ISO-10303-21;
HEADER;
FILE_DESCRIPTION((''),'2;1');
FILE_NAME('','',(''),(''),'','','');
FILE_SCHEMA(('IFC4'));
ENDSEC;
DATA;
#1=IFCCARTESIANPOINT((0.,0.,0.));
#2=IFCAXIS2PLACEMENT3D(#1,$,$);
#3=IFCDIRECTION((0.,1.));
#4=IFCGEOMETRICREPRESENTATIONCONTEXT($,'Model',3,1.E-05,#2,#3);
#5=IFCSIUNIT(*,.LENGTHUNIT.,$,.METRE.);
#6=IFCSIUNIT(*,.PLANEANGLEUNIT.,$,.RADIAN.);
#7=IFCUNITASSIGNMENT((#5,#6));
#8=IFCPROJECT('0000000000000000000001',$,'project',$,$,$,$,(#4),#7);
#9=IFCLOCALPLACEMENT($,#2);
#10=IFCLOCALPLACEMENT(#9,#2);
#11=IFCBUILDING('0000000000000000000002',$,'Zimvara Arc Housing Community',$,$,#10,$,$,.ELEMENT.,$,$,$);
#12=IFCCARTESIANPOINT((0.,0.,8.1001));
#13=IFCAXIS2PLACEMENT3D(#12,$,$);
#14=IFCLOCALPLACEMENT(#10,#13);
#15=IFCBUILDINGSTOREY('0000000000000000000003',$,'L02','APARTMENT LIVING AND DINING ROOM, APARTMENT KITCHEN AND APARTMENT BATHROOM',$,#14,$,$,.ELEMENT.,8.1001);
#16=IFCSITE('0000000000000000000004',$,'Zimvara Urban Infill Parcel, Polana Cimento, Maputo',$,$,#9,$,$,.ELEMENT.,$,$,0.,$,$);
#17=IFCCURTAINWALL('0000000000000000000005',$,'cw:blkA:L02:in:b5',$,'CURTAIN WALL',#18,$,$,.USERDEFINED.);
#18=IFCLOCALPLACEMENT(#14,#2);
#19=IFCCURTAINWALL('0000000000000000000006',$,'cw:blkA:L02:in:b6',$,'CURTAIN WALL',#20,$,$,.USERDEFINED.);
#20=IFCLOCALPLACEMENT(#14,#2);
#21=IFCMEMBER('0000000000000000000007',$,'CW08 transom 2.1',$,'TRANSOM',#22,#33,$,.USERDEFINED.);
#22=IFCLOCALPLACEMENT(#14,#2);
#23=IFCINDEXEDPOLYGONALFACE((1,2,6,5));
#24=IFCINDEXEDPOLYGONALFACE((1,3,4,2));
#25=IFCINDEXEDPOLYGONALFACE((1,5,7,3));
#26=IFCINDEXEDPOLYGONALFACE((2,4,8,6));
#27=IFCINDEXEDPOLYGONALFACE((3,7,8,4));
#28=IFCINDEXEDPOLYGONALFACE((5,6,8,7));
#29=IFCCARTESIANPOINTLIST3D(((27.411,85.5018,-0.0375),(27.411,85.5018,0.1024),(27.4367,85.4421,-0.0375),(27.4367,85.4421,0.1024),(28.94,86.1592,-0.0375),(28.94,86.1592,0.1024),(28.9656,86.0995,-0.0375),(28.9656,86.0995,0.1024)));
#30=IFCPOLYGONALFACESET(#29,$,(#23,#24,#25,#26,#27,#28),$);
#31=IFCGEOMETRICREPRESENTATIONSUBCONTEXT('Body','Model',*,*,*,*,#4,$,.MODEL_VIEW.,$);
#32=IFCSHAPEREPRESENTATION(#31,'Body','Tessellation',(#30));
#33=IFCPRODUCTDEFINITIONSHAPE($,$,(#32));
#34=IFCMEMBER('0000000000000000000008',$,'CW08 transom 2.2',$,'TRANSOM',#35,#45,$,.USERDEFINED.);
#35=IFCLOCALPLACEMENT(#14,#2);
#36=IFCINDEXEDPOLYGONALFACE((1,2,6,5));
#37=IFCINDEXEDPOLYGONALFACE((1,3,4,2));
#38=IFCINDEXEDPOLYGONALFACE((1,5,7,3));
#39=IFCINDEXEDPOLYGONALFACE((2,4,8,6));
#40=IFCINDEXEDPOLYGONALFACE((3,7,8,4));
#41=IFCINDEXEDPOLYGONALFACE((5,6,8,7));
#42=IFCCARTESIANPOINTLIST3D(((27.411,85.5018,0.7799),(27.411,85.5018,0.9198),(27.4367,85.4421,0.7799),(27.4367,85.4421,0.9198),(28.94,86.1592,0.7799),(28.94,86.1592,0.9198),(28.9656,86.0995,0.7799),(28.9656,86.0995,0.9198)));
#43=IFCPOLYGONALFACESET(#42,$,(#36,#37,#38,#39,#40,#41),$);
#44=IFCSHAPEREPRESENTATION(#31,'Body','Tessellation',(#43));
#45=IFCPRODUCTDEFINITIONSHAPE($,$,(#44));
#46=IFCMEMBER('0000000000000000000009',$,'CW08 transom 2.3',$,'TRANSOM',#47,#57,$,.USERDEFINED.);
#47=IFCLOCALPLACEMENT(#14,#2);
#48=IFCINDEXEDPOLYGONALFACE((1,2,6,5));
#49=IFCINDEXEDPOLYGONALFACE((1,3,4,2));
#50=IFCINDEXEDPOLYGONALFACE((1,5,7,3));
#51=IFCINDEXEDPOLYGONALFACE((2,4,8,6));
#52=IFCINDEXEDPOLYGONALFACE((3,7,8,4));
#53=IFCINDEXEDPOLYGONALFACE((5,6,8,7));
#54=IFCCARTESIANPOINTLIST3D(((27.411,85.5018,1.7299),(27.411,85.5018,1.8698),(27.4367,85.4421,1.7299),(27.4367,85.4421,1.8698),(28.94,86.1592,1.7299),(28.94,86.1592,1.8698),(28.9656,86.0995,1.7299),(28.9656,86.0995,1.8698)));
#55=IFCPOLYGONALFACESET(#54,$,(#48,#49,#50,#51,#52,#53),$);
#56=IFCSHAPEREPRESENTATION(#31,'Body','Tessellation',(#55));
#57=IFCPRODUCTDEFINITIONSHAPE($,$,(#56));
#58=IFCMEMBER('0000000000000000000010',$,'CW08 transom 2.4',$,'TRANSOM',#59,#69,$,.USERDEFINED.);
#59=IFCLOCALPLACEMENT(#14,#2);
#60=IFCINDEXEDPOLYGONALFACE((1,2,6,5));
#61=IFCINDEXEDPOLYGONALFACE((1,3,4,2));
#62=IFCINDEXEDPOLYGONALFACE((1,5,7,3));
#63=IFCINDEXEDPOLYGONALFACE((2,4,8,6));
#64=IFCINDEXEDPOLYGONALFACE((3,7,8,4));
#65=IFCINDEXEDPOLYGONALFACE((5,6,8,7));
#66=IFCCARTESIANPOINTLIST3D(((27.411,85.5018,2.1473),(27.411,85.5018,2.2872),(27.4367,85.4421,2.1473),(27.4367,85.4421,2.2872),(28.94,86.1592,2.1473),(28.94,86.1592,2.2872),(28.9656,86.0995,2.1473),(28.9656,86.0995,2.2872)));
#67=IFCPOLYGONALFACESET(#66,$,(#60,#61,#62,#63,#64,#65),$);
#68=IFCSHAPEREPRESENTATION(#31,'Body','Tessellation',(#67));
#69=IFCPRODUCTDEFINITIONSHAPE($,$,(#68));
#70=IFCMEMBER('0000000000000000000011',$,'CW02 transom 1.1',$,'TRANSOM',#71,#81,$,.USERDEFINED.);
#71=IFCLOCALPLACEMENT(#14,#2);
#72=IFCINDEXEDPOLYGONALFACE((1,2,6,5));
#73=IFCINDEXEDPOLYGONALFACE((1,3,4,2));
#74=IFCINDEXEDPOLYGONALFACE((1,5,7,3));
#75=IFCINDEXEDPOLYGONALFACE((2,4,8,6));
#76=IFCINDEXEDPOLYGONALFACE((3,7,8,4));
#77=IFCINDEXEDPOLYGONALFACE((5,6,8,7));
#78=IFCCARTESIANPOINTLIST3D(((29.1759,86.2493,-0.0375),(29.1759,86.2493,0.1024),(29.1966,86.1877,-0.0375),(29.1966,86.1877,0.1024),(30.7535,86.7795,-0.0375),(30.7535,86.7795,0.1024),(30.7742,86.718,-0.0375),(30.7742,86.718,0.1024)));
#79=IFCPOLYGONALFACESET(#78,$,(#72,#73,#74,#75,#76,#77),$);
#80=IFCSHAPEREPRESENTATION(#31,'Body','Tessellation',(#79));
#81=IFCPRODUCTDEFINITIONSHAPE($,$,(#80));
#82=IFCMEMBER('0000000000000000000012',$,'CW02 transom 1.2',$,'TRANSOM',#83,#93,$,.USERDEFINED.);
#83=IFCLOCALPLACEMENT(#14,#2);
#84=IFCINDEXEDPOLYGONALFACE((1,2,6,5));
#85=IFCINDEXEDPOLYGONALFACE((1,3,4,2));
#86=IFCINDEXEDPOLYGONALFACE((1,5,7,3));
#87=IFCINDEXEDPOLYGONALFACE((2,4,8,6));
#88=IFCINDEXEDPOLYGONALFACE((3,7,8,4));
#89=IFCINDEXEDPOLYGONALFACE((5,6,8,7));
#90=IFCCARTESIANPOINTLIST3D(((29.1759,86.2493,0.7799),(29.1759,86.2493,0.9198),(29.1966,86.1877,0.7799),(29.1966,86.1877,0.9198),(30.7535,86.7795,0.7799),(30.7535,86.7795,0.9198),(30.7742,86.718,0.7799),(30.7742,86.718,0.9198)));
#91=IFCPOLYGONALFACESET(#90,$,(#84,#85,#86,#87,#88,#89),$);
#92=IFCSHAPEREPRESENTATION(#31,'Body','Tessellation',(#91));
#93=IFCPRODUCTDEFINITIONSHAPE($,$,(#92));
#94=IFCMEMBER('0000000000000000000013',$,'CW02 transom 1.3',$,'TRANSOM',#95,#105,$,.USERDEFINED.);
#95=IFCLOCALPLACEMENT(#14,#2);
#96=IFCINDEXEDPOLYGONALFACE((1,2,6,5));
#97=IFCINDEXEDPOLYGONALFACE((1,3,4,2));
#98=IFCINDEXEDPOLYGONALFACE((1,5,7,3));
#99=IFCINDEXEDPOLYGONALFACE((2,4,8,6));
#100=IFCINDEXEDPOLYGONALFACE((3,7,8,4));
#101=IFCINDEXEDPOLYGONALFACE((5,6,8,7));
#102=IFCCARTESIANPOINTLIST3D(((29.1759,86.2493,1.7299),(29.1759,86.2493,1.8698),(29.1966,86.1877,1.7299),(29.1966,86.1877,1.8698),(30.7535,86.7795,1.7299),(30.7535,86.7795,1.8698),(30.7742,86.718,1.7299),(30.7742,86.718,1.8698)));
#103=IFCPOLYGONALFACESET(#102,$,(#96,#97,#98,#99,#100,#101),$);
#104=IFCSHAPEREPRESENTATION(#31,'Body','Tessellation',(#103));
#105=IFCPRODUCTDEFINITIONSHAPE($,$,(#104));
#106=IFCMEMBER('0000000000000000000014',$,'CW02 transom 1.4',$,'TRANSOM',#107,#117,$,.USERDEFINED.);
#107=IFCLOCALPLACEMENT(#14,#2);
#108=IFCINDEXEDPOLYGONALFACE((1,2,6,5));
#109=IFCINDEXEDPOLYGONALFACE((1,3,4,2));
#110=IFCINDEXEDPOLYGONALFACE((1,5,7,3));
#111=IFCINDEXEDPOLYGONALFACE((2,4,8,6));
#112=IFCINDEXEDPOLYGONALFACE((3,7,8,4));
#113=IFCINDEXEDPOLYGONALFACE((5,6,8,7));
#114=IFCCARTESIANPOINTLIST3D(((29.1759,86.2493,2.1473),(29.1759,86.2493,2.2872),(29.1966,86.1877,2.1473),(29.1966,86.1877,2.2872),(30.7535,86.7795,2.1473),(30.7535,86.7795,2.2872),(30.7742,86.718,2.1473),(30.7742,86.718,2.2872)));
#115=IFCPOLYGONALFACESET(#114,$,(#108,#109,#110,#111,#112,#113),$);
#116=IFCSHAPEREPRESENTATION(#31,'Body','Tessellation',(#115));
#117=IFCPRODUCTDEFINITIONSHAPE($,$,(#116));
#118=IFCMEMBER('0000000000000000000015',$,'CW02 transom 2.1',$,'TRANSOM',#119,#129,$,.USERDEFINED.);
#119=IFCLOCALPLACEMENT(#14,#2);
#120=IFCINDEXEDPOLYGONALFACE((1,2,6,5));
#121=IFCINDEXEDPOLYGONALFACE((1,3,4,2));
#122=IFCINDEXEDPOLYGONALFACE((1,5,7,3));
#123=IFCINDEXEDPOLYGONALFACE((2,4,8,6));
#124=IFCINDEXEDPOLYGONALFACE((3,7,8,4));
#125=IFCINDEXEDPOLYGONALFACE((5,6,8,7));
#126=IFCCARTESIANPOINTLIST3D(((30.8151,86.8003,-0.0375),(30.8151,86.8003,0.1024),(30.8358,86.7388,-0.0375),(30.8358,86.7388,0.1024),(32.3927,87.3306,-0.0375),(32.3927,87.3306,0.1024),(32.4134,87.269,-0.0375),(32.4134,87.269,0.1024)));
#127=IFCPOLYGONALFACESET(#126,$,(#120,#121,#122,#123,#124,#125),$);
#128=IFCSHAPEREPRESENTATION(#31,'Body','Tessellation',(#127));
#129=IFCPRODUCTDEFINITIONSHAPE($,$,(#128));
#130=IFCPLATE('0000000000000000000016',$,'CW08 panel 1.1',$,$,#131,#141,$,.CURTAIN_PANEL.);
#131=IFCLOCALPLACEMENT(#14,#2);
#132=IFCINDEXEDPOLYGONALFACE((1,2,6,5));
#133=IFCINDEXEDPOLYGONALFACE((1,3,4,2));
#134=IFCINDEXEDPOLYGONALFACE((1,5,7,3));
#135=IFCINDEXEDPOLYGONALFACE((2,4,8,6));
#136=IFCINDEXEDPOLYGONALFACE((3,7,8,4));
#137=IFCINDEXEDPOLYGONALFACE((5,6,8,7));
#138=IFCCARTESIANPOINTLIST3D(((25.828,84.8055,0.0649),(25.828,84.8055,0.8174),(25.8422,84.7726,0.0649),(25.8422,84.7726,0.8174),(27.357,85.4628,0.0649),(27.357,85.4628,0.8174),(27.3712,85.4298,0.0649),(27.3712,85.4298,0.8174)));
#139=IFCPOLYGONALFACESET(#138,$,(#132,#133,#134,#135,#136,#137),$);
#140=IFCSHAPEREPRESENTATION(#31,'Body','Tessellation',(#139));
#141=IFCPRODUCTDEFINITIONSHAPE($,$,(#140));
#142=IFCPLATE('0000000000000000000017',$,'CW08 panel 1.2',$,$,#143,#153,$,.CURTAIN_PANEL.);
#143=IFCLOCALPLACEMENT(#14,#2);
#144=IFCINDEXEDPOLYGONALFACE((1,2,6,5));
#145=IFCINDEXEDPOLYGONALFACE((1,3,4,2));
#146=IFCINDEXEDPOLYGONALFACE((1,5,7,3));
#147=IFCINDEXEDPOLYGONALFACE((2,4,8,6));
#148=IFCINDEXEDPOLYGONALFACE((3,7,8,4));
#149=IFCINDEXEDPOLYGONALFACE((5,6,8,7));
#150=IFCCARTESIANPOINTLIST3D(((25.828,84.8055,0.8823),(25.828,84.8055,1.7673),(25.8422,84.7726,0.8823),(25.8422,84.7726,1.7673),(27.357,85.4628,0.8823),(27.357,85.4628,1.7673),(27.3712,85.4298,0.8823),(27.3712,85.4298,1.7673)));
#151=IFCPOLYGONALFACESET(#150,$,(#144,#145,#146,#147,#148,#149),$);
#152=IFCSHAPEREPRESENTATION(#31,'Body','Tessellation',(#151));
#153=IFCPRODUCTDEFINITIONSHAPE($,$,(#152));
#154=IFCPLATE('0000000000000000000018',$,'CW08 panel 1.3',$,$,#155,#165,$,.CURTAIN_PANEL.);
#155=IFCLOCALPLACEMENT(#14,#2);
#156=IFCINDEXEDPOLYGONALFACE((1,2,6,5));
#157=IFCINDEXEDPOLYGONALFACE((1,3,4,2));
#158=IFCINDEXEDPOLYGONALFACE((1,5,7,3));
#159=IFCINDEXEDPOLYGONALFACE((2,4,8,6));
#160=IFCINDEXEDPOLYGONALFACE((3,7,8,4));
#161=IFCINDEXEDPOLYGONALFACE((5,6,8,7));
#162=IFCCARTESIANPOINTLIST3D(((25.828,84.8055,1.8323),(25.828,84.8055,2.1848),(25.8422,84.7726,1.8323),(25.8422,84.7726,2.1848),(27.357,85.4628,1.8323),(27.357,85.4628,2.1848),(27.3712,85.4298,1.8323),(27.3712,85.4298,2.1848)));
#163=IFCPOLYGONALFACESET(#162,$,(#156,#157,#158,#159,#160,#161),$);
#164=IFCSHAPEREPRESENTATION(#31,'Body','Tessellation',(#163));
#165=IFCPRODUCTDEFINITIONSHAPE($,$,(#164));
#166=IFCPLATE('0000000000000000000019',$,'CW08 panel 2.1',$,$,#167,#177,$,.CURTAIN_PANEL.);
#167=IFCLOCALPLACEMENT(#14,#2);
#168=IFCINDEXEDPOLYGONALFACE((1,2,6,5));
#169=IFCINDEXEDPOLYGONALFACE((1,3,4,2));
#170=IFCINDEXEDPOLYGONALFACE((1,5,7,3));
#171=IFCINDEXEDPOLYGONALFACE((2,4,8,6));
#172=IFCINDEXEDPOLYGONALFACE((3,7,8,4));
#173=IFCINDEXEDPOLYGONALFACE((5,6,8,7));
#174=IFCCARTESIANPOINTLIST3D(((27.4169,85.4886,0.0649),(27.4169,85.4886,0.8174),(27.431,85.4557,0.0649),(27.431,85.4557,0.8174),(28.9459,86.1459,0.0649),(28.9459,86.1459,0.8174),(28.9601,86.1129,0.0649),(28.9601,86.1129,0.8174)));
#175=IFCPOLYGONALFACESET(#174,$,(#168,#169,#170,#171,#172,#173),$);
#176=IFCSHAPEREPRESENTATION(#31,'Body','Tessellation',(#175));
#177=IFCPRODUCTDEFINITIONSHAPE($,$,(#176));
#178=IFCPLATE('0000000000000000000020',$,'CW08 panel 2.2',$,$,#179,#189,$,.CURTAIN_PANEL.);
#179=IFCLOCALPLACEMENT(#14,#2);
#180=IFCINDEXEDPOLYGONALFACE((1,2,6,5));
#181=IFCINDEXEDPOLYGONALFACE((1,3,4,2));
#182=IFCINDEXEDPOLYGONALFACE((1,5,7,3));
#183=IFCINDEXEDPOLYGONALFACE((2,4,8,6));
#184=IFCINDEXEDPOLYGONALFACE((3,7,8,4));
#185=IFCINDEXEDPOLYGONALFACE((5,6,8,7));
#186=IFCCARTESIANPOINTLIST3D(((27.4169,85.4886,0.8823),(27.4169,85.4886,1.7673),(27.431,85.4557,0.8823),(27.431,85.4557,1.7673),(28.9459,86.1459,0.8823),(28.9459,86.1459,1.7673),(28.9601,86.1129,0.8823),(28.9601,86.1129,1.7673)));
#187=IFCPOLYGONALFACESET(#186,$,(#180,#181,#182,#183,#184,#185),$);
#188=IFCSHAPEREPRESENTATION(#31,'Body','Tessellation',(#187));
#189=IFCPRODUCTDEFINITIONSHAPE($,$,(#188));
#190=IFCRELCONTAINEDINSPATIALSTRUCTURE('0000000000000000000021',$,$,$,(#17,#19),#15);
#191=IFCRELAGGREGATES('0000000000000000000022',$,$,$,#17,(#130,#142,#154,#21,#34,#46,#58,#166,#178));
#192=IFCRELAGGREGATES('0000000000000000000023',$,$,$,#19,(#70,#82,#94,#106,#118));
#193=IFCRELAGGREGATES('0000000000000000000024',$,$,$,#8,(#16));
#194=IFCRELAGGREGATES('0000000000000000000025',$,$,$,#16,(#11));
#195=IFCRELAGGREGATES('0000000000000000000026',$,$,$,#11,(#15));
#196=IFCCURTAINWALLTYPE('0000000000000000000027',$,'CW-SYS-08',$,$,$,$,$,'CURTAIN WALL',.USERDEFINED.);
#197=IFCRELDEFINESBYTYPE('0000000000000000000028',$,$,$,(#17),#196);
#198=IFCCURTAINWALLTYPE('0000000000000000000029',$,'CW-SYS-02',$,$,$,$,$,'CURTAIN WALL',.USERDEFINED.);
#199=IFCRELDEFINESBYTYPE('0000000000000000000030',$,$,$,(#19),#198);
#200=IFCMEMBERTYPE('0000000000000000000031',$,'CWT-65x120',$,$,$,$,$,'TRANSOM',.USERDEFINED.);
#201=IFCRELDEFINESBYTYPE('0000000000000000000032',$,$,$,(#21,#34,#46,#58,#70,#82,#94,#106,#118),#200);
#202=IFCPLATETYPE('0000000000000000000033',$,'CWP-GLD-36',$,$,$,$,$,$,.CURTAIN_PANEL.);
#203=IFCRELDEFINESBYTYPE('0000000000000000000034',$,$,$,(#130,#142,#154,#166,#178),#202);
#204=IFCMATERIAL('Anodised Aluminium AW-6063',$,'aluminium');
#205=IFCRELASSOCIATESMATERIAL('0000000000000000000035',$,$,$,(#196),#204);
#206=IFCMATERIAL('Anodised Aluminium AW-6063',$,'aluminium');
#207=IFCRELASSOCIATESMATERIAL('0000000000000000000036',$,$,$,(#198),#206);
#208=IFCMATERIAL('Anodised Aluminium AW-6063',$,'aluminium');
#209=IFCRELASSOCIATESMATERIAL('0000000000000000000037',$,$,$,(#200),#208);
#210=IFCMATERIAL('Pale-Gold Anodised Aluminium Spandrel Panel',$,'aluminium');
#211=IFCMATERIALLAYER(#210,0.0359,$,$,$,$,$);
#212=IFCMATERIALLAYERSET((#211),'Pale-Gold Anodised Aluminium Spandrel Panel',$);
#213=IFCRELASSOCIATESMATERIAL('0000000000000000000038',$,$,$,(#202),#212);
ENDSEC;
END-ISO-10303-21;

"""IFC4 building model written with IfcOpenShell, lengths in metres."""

from ifc_helpers import new_model, si_unit, direction, frame, origin, origin_2d, place, context, subcontext, project, spatial, rectangle, extrude, material, layer, layer_set, material_profile, profile_set, type_object, element, aggregate, save


model = new_model("IFC4")

# Units and contexts
model_context = context("Model", 3, precision=1e-05, world=origin(), true_north=direction((0.0, 1.0)))
body_context = subcontext(model_context, "Body", "Model", "MODEL_VIEW")
ifc_project = project(units=[si_unit("LENGTHUNIT", "METRE"), si_unit("PLANEANGLEUNIT", "RADIAN")], contexts=[model_context])

# Site, building, storey
site_placement = place(None, origin())
site = spatial("IfcSite", under=ifc_project, at=site_placement, Name="Zimvara Urban Infill Parcel, Polana Cimento, Maputo", CompositionType="ELEMENT", RefElevation=0.0)
building_placement = place(site_placement, origin())
building = spatial("IfcBuilding", under=site, at=building_placement, Name="Zimvara Arc Housing Community", CompositionType="ELEMENT")
storey_placement = place(building_placement, frame((0.0, 0.0, 8.1001)))
storey = spatial("IfcBuildingStorey", under=building, at=storey_placement, Name="L02", Description="APARTMENT LIVING AND DINING ROOM, APARTMENT KITCHEN AND APARTMENT BATHROOM", CompositionType="ELEMENT", Elevation=8.1001)

# Curtain walls
ifc_material_1 = material(Name="Anodised Aluminium AW-6063", Category="aluminium")
curtain_wall_type_1 = type_object("IfcCurtainWallType", Name="CW-SYS-08", ElementType="CURTAIN WALL", PredefinedType="USERDEFINED", material=ifc_material_1)
curtain_wall_1_placement = place(storey_placement, origin())
curtain_wall_1 = element("IfcCurtainWall", 1, at=curtain_wall_1_placement, inside=storey, type_object=curtain_wall_type_1, Name="cw:blkA:L02:in:b5", ObjectType="CURTAIN WALL", PredefinedType="USERDEFINED")
ifc_material_2 = material(Name="Anodised Aluminium AW-6063", Category="aluminium")
curtain_wall_type_2 = type_object("IfcCurtainWallType", Name="CW-SYS-02", ElementType="CURTAIN WALL", PredefinedType="USERDEFINED", material=ifc_material_2)
curtain_wall_2_placement = place(storey_placement, origin())
curtain_wall_2 = element("IfcCurtainWall", 2, at=curtain_wall_2_placement, inside=storey, type_object=curtain_wall_type_2, Name="cw:blkA:L02:in:b6", ObjectType="CURTAIN WALL", PredefinedType="USERDEFINED")

# Members
ifc_material_3 = material(Name="Anodised Aluminium AW-6063", Category="aluminium")
ifc_material_profile_1 = material_profile(ifc_material_3, rectangle(XDim=0.0649, YDim=0.1399, at=origin_2d()), Name="ALU 65x140")
ifc_profile_set_1 = profile_set([ifc_material_profile_1], Name="Anodised Aluminium AW-6063")
member_type_1 = type_object("IfcMemberType", Name="CWT-65x120", ElementType="TRANSOM", PredefinedType="USERDEFINED", material=ifc_profile_set_1)
member_1_placement = place(storey_placement, frame((27.4238, 85.4719, 0.0325), z_axis=(0.918674, 0.395017, 0.0), x_axis=(-0.395017, 0.918674, 0.0)))
member_1 = element("IfcMember", 3, at=member_1_placement, type_object=member_type_1, Name="CW08 transom 2.1", ObjectType="TRANSOM", PredefinedType="USERDEFINED", context=body_context, shape_type="SweptSolid", body=[
    extrude(rectangle(XDim=0.0649, YDim=0.1399, at=origin_2d()), origin(), (0.0, 0.0, 1.0), 1.6643),
])
member_2_placement = place(storey_placement, frame((27.4238, 85.4719, 0.8499), z_axis=(0.918674, 0.395017, 0.0), x_axis=(-0.395017, 0.918674, 0.0)))
member_2 = element("IfcMember", 4, at=member_2_placement, type_object=member_type_1, Name="CW08 transom 2.2", ObjectType="TRANSOM", PredefinedType="USERDEFINED", context=body_context, shape_type="SweptSolid", body=[
    extrude(rectangle(XDim=0.0649, YDim=0.1399, at=origin_2d()), origin(), (0.0, 0.0, 1.0), 1.6643),
])
member_3_placement = place(storey_placement, frame((27.4238, 85.4719, 1.7998), z_axis=(0.918674, 0.395017, 0.0), x_axis=(-0.395017, 0.918674, 0.0)))
member_3 = element("IfcMember", 5, at=member_3_placement, type_object=member_type_1, Name="CW08 transom 2.3", ObjectType="TRANSOM", PredefinedType="USERDEFINED", context=body_context, shape_type="SweptSolid", body=[
    extrude(rectangle(XDim=0.0649, YDim=0.1399, at=origin_2d()), origin(), (0.0, 0.0, 1.0), 1.6643),
])
member_4_placement = place(storey_placement, frame((27.4238, 85.4719, 2.2173), z_axis=(0.918674, 0.395017, 0.0), x_axis=(-0.395017, 0.918674, 0.0)))
member_4 = element("IfcMember", 6, at=member_4_placement, type_object=member_type_1, Name="CW08 transom 2.4", ObjectType="TRANSOM", PredefinedType="USERDEFINED", context=body_context, shape_type="SweptSolid", body=[
    extrude(rectangle(XDim=0.0649, YDim=0.1399, at=origin_2d()), origin(), (0.0, 0.0, 1.0), 1.6643),
])
member_5_placement = place(storey_placement, frame((29.1863, 86.2185, 0.0325), z_axis=(0.947888, 0.318603, 0.0), x_axis=(-0.318603, 0.947888, 0.0)))
member_5 = element("IfcMember", 7, at=member_5_placement, type_object=member_type_1, Name="CW02 transom 1.1", ObjectType="TRANSOM", PredefinedType="USERDEFINED", context=body_context, shape_type="SweptSolid", body=[
    extrude(rectangle(XDim=0.0649, YDim=0.1399, at=origin_2d()), origin(), (0.0, 0.0, 1.0), 1.6643),
])
member_6_placement = place(storey_placement, frame((29.1863, 86.2185, 0.8499), z_axis=(0.947888, 0.318603, 0.0), x_axis=(-0.318603, 0.947888, 0.0)))
member_6 = element("IfcMember", 8, at=member_6_placement, type_object=member_type_1, Name="CW02 transom 1.2", ObjectType="TRANSOM", PredefinedType="USERDEFINED", context=body_context, shape_type="SweptSolid", body=[
    extrude(rectangle(XDim=0.0649, YDim=0.1399, at=origin_2d()), origin(), (0.0, 0.0, 1.0), 1.6643),
])
member_7_placement = place(storey_placement, frame((29.1863, 86.2185, 1.7998), z_axis=(0.947888, 0.318603, 0.0), x_axis=(-0.318603, 0.947888, 0.0)))
member_7 = element("IfcMember", 9, at=member_7_placement, type_object=member_type_1, Name="CW02 transom 1.3", ObjectType="TRANSOM", PredefinedType="USERDEFINED", context=body_context, shape_type="SweptSolid", body=[
    extrude(rectangle(XDim=0.0649, YDim=0.1399, at=origin_2d()), origin(), (0.0, 0.0, 1.0), 1.6643),
])
member_8_placement = place(storey_placement, frame((29.1863, 86.2185, 2.2173), z_axis=(0.947888, 0.318603, 0.0), x_axis=(-0.318603, 0.947888, 0.0)))
member_8 = element("IfcMember", 10, at=member_8_placement, type_object=member_type_1, Name="CW02 transom 1.4", ObjectType="TRANSOM", PredefinedType="USERDEFINED", context=body_context, shape_type="SweptSolid", body=[
    extrude(rectangle(XDim=0.0649, YDim=0.1399, at=origin_2d()), origin(), (0.0, 0.0, 1.0), 1.6643),
])
member_9_placement = place(storey_placement, frame((30.8254, 86.7695, 0.0325), z_axis=(0.947888, 0.318603, 0.0), x_axis=(-0.318603, 0.947888, 0.0)))
member_9 = element("IfcMember", 11, at=member_9_placement, type_object=member_type_1, Name="CW02 transom 2.1", ObjectType="TRANSOM", PredefinedType="USERDEFINED", context=body_context, shape_type="SweptSolid", body=[
    extrude(rectangle(XDim=0.0649, YDim=0.1399, at=origin_2d()), origin(), (0.0, 0.0, 1.0), 1.6643),
])

# Plates
ifc_material_4 = material(Name="Pale-Gold Anodised Aluminium Spandrel Panel", Category="aluminium")
ifc_layer_1 = layer(ifc_material_4, 0.0359)
ifc_layer_set_1 = layer_set([ifc_layer_1], Name="Pale-Gold Anodised Aluminium Spandrel Panel")
plate_type_1 = type_object("IfcPlateType", Name="CWP-GLD-36", PredefinedType="CURTAIN_PANEL", material=ifc_layer_set_1)
plate_1_placement = place(storey_placement, frame((26.5996, 85.1177, 0.0649), z_axis=(0.0, 0.0, 1.0), x_axis=(0.918722, 0.394904, 0.0)))
plate_1 = element("IfcPlate", 12, at=plate_1_placement, type_object=plate_type_1, Name="CW08 panel 1.1", PredefinedType="CURTAIN_PANEL", context=body_context, shape_type="SweptSolid", body=[
    extrude(rectangle(XDim=1.6643, YDim=0.0359, at=origin_2d()), origin(), (0.0, 0.0, 1.0), 0.7524),
])
plate_2_placement = place(storey_placement, frame((26.5996, 85.1177, 0.8823), z_axis=(0.0, 0.0, 1.0), x_axis=(0.918722, 0.394904, 0.0)))
plate_2 = element("IfcPlate", 13, at=plate_2_placement, type_object=plate_type_1, Name="CW08 panel 1.2", PredefinedType="CURTAIN_PANEL", context=body_context, shape_type="SweptSolid", body=[
    extrude(rectangle(XDim=1.6643, YDim=0.0359, at=origin_2d()), origin(), (0.0, 0.0, 1.0), 0.885),
])
plate_3_placement = place(storey_placement, frame((26.5996, 85.1177, 1.8323), z_axis=(0.0, 0.0, 1.0), x_axis=(0.918722, 0.394904, 0.0)))
plate_3 = element("IfcPlate", 14, at=plate_3_placement, type_object=plate_type_1, Name="CW08 panel 1.3", PredefinedType="CURTAIN_PANEL", context=body_context, shape_type="SweptSolid", body=[
    extrude(rectangle(XDim=1.6643, YDim=0.0359, at=origin_2d()), origin(), (0.0, 0.0, 1.0), 0.3525),
])
plate_4_placement = place(storey_placement, frame((28.1885, 85.8008, 0.0649), z_axis=(0.0, 0.0, 1.0), x_axis=(0.918722, 0.394904, 0.0)))
plate_4 = element("IfcPlate", 15, at=plate_4_placement, type_object=plate_type_1, Name="CW08 panel 2.1", PredefinedType="CURTAIN_PANEL", context=body_context, shape_type="SweptSolid", body=[
    extrude(rectangle(XDim=1.6643, YDim=0.0359, at=origin_2d()), origin(), (0.0, 0.0, 1.0), 0.7524),
])
plate_5_placement = place(storey_placement, frame((28.1885, 85.8008, 0.8823), z_axis=(0.0, 0.0, 1.0), x_axis=(0.918722, 0.394904, 0.0)))
plate_5 = element("IfcPlate", 16, at=plate_5_placement, type_object=plate_type_1, Name="CW08 panel 2.2", PredefinedType="CURTAIN_PANEL", context=body_context, shape_type="SweptSolid", body=[
    extrude(rectangle(XDim=1.6643, YDim=0.0359, at=origin_2d()), origin(), (0.0, 0.0, 1.0), 0.885),
])
aggregate(curtain_wall_1, [plate_1, plate_2, plate_3, member_1, member_2, member_3, member_4, plate_4, plate_5])
aggregate(curtain_wall_2, [member_5, member_6, member_7, member_8, member_9])

save(model, "model.ifc")
